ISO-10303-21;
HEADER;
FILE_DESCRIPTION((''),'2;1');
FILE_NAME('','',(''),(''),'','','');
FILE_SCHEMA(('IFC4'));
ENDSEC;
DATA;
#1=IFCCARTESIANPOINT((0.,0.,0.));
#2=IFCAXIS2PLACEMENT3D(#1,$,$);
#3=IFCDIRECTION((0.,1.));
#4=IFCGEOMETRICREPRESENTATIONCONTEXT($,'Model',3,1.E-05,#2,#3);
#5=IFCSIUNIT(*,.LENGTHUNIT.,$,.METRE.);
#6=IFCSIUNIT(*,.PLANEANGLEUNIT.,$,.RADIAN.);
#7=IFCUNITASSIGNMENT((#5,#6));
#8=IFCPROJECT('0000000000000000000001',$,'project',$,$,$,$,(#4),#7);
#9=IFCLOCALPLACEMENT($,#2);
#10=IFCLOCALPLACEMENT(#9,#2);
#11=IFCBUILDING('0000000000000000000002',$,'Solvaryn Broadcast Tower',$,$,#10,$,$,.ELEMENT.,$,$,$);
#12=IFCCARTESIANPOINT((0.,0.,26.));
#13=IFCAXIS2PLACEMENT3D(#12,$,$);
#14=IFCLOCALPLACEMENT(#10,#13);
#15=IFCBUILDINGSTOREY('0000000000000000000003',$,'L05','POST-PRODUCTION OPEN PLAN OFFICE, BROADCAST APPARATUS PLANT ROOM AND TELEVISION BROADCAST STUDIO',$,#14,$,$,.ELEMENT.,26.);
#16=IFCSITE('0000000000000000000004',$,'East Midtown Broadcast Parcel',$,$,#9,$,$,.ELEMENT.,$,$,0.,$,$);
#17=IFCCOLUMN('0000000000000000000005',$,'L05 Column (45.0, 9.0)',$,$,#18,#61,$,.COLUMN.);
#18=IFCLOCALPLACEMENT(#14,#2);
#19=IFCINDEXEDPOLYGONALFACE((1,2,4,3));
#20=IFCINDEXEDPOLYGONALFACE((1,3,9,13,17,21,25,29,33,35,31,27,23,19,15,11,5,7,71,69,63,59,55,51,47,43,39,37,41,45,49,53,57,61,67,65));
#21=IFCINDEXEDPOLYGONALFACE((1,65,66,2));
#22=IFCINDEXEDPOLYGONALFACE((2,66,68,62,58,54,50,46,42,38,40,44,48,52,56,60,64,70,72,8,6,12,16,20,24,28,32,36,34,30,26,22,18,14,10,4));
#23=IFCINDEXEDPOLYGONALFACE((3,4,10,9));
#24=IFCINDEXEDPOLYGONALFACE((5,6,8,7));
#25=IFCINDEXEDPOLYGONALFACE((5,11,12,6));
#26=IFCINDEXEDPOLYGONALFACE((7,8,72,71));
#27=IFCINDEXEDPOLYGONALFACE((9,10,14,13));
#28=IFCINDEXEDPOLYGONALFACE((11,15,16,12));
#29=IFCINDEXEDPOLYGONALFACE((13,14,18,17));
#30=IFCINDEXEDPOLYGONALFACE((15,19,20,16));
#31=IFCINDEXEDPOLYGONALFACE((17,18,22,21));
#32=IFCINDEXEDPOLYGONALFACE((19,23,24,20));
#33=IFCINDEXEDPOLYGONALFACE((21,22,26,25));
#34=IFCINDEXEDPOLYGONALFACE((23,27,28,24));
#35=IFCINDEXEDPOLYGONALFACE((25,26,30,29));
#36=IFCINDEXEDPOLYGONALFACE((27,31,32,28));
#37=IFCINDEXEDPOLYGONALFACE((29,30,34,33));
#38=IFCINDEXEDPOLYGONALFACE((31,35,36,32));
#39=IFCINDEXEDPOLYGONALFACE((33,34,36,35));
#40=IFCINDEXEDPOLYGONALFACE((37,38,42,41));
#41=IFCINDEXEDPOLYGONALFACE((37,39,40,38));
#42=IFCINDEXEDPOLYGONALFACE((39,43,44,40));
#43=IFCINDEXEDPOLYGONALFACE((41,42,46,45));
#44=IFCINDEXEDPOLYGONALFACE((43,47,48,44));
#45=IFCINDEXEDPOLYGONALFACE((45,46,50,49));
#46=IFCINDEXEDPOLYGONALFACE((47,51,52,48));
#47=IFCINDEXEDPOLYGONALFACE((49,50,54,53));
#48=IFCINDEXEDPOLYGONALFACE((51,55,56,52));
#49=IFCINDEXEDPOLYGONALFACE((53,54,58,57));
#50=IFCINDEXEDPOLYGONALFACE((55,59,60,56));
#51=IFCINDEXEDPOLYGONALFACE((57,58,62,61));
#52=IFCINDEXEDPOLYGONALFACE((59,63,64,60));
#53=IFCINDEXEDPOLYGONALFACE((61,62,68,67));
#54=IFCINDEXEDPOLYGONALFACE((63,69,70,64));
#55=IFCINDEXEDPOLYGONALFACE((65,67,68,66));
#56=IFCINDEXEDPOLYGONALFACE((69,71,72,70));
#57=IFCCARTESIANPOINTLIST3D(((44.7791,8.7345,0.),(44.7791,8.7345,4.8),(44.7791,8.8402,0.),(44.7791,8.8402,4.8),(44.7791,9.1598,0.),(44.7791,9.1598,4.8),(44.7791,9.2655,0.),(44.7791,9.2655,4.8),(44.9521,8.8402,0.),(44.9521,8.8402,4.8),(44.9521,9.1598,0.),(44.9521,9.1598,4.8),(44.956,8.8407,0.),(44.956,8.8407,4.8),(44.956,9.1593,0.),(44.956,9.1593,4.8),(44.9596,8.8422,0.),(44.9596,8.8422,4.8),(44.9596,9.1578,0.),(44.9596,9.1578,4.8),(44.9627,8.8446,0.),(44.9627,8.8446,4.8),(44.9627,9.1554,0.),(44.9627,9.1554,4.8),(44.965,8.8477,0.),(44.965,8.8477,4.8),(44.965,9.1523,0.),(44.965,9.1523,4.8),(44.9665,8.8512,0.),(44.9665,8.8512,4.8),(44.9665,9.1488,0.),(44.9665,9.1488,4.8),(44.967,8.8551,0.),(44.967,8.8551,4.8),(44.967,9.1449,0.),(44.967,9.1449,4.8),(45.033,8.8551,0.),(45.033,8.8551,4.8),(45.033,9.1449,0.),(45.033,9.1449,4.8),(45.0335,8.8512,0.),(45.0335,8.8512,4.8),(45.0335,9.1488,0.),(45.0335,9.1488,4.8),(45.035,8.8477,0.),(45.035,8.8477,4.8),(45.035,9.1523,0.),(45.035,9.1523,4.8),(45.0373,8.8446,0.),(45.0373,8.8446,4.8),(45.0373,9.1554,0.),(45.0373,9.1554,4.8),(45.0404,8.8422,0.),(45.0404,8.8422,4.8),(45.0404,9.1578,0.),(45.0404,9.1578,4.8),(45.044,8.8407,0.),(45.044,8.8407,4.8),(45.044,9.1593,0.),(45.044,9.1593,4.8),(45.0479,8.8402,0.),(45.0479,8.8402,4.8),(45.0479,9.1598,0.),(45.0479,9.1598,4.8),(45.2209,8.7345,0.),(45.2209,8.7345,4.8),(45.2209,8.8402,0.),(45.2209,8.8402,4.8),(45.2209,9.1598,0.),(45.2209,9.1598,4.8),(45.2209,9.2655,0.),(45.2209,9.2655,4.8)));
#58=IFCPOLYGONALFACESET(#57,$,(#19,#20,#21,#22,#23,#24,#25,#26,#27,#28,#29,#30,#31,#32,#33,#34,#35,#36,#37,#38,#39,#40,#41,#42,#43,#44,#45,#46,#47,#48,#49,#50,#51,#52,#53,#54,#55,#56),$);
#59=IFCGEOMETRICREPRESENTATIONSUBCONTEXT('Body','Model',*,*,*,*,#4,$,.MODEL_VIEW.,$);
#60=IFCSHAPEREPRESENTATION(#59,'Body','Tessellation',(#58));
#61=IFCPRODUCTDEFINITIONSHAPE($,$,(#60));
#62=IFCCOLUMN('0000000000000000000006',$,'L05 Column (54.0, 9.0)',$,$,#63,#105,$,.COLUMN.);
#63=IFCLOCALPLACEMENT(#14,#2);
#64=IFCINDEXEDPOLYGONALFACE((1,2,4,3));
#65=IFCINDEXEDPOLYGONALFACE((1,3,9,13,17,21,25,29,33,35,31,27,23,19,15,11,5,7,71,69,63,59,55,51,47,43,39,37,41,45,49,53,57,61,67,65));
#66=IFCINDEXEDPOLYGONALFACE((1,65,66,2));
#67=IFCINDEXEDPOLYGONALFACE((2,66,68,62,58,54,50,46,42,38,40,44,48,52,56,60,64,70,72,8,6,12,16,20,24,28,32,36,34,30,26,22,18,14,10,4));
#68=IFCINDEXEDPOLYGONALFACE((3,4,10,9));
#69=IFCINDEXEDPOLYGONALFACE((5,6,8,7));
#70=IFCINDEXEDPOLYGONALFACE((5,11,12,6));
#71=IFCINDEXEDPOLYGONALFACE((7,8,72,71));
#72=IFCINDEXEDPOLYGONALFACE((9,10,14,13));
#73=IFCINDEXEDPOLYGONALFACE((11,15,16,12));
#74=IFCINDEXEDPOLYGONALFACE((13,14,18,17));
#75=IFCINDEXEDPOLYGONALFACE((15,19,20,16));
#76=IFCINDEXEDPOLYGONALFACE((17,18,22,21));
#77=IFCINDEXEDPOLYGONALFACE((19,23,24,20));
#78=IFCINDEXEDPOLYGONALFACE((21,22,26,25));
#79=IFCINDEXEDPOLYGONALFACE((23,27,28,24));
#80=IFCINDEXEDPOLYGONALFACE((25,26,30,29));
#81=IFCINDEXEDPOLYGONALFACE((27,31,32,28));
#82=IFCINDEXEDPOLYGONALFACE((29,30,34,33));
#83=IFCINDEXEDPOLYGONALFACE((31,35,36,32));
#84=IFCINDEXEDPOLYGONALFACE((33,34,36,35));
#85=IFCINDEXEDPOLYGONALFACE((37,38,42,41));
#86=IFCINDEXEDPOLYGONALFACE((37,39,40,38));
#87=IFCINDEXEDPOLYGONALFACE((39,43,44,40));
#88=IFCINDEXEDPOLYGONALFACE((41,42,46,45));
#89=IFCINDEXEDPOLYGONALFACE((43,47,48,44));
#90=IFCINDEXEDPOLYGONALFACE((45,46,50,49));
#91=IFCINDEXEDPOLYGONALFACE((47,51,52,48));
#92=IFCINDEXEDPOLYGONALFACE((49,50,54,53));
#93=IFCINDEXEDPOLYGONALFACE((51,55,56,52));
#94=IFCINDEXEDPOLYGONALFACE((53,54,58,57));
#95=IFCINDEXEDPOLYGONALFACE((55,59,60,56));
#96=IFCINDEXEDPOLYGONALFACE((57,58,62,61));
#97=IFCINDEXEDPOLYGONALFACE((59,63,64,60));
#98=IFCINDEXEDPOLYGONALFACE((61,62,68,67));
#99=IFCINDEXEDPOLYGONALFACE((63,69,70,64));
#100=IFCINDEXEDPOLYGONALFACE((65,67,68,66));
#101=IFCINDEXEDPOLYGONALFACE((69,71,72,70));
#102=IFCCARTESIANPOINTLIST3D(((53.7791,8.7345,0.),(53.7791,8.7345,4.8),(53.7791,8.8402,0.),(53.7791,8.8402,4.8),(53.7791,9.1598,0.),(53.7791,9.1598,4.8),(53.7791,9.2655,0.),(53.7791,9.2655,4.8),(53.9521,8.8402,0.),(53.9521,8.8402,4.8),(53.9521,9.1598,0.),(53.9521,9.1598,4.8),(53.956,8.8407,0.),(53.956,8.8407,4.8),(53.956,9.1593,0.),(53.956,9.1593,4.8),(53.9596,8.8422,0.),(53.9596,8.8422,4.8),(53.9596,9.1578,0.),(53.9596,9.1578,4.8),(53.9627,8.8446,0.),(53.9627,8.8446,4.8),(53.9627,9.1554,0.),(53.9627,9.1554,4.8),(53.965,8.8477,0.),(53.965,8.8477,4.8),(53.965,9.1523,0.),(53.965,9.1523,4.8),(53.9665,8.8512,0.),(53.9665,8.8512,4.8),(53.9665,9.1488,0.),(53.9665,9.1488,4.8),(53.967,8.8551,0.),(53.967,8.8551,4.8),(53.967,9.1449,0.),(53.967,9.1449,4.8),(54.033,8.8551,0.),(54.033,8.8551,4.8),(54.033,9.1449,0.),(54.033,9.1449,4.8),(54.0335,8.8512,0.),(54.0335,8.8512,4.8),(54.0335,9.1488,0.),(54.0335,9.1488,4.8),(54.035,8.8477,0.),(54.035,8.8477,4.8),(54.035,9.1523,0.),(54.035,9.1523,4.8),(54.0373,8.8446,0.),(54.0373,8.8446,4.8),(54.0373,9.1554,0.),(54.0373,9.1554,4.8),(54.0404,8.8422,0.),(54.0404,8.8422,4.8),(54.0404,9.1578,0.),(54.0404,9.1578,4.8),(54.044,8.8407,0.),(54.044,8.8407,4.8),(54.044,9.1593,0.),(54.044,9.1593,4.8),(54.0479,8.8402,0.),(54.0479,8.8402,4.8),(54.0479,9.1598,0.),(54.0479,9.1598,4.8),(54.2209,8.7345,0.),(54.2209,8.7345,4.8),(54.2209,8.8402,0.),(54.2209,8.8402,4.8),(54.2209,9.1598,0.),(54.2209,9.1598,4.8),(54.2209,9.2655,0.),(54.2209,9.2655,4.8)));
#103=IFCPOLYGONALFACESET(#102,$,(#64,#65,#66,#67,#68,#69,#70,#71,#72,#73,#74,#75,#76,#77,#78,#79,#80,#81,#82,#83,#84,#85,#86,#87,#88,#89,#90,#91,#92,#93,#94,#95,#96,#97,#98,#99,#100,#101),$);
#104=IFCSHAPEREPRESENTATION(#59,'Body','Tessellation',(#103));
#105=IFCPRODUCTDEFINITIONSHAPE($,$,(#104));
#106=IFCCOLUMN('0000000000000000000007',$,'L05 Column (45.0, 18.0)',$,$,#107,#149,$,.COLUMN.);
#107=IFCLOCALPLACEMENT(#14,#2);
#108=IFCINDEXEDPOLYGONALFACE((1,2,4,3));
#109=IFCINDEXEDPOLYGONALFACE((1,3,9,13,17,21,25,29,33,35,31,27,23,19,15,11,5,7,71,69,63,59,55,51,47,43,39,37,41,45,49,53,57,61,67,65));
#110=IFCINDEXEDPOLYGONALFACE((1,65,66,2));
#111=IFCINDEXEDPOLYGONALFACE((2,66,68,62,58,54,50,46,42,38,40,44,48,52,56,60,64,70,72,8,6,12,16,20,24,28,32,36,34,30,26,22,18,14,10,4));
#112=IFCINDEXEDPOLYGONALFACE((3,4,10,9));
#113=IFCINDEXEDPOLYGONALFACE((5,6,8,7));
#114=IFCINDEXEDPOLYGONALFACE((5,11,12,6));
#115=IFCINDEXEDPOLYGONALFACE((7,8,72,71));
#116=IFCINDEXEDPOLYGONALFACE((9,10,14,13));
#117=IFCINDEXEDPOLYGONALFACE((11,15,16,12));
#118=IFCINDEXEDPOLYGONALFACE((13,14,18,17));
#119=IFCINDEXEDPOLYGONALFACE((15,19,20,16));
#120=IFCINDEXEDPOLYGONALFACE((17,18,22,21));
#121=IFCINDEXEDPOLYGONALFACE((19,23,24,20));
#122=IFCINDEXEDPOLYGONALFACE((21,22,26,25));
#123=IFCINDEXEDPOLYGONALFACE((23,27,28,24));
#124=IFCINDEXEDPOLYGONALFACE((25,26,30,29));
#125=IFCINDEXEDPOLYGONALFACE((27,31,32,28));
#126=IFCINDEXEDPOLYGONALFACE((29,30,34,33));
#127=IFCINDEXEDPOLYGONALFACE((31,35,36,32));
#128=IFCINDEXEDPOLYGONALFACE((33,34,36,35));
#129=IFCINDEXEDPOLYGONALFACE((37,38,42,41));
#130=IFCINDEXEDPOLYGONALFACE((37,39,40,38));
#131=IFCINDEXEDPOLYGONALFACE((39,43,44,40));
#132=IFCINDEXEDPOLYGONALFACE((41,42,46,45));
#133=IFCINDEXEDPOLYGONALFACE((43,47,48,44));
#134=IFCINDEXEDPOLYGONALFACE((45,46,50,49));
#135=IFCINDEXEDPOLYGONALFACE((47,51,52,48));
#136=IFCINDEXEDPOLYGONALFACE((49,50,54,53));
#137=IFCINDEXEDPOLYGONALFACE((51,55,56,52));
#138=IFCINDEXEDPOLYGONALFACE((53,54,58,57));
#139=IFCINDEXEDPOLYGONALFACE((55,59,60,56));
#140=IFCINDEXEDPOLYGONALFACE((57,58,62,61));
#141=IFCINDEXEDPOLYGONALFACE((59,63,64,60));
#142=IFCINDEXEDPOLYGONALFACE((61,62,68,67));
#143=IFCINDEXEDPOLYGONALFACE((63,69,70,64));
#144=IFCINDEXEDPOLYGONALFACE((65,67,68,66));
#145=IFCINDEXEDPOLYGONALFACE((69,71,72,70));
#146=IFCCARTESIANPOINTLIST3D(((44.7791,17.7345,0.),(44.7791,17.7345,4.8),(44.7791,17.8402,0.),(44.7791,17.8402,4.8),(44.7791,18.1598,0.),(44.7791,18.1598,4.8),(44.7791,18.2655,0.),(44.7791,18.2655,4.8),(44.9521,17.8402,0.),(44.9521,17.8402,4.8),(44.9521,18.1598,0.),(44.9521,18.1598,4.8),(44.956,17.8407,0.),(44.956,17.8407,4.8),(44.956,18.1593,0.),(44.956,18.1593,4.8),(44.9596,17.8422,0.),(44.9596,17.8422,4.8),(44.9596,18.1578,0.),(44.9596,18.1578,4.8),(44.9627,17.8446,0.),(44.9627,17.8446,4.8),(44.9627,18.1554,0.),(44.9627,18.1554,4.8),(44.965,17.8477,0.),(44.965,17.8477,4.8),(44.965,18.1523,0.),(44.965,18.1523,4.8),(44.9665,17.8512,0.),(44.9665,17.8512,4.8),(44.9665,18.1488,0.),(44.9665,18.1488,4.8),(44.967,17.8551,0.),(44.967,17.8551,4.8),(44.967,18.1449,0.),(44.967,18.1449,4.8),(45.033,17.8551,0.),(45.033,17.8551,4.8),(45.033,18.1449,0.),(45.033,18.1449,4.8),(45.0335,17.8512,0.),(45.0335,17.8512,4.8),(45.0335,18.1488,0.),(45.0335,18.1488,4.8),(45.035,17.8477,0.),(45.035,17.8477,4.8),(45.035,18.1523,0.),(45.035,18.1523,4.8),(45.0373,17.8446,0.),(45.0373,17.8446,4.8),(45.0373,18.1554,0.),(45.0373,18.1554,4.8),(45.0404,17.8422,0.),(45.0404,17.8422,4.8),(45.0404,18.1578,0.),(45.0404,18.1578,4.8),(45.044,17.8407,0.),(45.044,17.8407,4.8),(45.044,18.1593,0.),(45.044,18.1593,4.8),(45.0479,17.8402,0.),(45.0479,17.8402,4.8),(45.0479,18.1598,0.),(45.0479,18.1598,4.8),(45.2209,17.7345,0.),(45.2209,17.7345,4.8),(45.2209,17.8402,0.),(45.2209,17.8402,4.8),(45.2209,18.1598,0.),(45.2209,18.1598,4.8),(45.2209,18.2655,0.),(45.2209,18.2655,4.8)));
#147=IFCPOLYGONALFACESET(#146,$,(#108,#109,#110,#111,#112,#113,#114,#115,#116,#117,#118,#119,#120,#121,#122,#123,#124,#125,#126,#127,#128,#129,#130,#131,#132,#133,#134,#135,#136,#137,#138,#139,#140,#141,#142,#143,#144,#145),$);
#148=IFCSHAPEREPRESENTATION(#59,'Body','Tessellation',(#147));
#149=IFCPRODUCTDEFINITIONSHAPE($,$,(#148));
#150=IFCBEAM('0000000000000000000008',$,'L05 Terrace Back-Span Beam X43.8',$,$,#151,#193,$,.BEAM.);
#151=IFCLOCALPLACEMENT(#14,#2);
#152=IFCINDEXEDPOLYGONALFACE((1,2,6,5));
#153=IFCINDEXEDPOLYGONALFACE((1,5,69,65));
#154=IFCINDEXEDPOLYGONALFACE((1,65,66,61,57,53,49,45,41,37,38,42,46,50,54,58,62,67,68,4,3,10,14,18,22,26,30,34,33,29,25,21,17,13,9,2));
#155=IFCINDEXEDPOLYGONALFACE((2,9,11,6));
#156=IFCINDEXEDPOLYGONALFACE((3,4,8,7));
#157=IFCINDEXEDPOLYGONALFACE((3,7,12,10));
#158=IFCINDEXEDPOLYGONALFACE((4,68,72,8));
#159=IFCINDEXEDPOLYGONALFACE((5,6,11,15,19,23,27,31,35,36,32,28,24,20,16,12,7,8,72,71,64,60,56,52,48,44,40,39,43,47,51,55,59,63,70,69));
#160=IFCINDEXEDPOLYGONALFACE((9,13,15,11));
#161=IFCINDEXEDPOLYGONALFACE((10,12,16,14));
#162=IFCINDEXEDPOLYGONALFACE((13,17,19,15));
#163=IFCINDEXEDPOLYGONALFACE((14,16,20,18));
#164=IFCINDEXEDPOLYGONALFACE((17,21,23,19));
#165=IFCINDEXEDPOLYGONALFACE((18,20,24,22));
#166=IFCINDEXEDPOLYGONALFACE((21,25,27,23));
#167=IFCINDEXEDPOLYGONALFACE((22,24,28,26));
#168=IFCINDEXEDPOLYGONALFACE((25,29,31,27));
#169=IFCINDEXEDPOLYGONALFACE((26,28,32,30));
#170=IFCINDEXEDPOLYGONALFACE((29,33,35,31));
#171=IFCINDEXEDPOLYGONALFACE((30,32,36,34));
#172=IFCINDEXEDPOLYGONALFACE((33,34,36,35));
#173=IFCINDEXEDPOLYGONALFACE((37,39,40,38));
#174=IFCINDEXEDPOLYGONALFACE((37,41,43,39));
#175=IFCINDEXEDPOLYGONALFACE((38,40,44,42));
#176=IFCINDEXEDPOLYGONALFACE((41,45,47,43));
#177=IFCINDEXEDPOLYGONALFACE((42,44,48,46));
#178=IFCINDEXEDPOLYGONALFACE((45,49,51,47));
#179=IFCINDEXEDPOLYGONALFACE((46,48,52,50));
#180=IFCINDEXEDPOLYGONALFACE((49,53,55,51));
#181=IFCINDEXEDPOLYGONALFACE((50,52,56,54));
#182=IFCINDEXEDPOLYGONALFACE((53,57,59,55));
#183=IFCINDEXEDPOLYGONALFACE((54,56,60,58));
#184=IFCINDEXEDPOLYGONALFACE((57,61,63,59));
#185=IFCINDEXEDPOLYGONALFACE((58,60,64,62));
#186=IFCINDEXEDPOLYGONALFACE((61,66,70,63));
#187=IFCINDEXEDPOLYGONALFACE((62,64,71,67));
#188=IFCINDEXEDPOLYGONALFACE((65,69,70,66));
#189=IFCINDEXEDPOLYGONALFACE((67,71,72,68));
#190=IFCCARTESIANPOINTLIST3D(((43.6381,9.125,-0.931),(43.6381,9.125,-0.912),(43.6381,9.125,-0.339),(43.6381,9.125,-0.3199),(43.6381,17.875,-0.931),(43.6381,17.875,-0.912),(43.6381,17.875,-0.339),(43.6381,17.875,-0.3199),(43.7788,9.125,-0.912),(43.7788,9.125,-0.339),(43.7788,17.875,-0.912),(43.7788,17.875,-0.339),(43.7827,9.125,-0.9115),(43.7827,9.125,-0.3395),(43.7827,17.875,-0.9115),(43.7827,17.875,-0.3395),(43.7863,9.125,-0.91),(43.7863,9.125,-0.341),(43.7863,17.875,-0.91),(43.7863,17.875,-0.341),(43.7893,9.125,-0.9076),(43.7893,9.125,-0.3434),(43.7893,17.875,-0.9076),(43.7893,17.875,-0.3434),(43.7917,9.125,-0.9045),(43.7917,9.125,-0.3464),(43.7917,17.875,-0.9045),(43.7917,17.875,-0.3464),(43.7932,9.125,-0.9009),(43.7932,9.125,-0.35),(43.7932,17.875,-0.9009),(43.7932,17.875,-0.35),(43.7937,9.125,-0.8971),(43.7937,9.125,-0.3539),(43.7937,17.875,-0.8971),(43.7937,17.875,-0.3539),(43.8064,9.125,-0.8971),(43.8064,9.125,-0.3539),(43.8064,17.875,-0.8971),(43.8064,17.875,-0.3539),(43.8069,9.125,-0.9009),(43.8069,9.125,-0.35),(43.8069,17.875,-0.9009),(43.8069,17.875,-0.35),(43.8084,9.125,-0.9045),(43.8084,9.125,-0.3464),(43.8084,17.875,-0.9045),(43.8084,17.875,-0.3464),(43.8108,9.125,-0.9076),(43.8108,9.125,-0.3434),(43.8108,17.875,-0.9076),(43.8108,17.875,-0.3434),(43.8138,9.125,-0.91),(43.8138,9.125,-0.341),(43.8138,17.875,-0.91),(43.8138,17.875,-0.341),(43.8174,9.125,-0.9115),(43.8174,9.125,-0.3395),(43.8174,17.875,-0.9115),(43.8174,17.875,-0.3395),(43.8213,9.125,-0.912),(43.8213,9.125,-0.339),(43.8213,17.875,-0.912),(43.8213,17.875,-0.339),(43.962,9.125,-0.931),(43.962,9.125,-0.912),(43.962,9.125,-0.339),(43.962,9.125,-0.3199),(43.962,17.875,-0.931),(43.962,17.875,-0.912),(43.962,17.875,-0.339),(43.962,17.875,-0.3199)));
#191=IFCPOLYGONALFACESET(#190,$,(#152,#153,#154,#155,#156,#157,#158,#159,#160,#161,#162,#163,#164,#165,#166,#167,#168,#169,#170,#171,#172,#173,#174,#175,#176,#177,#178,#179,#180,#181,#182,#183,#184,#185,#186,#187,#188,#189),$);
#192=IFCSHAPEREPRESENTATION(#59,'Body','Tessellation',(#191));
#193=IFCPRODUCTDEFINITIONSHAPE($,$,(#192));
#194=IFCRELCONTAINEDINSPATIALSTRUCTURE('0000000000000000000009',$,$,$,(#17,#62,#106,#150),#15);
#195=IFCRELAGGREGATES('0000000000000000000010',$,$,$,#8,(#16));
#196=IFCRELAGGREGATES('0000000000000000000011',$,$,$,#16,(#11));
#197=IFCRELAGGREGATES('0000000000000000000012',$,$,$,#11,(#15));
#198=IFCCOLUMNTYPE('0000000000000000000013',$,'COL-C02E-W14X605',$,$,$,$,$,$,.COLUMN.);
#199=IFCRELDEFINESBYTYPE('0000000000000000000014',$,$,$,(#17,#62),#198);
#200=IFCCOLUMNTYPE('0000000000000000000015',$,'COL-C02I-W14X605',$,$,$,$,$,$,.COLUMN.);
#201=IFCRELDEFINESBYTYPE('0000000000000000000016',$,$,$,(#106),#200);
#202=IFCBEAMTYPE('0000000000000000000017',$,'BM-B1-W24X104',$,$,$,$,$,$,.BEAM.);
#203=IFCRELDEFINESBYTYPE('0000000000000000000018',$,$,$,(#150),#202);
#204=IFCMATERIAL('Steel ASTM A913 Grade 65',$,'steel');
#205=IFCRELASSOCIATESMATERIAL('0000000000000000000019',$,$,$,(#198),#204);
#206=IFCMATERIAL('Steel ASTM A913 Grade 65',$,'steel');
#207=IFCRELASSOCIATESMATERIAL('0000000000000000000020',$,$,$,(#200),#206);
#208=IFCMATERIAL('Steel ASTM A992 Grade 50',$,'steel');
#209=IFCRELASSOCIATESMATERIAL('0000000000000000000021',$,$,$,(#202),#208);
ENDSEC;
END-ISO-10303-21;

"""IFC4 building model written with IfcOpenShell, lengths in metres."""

from ifc_helpers import new_model, si_unit, direction, frame, origin, origin_2d, place, context, subcontext, project, spatial, i_section, extrude, material, material_profile, profile_set, type_object, element, save


model = new_model("IFC4")

# Units and contexts
model_context = context("Model", 3, precision=1e-05, world=origin(), true_north=direction((0.0, 1.0)))
body_context = subcontext(model_context, "Body", "Model", "MODEL_VIEW")
ifc_project = project(units=[si_unit("LENGTHUNIT", "METRE"), si_unit("PLANEANGLEUNIT", "RADIAN")], contexts=[model_context])

# Site, building, storey
site_placement = place(None, origin())
site = spatial("IfcSite", under=ifc_project, at=site_placement, Name="East Midtown Broadcast Parcel", CompositionType="ELEMENT", RefElevation=0.0)
building_placement = place(site_placement, origin())
building = spatial("IfcBuilding", under=site, at=building_placement, Name="Solvaryn Broadcast Tower", CompositionType="ELEMENT")
storey_placement = place(building_placement, frame((0.0, 0.0, 26.0)))
storey = spatial("IfcBuildingStorey", under=building, at=storey_placement, Name="L05", Description="POST-PRODUCTION OPEN PLAN OFFICE, BROADCAST APPARATUS PLANT ROOM AND TELEVISION BROADCAST STUDIO", CompositionType="ELEMENT", Elevation=26.0)

# Columns
ifc_material_1 = material(Name="Steel ASTM A913 Grade 65", Category="steel")
ifc_material_profile_1 = material_profile(ifc_material_1, i_section(OverallWidth=0.4419, OverallDepth=0.531, WebThickness=0.0659, FlangeThickness=0.1057, FilletRadius=0.0149, at=origin_2d()))
ifc_profile_set_1 = profile_set([ifc_material_profile_1], Name="Steel ASTM A913 Grade 65")
column_type_1 = type_object("IfcColumnType", Name="COL-C02E-W14X605", PredefinedType="COLUMN", material=ifc_profile_set_1)
for number, where, z_axis, x_axis, name in (
    (1, (45.0, 9.0, 0.0), (0.0, 0.0, 1.0), (1.0, 0.0, 0.0), "L05 Column (45.0, 9.0)"),
    (2, (54.0, 9.0, 0.0), (0.0, 0.0, 1.0), (1.0, 0.0, 0.0), "L05 Column (54.0, 9.0)"),
):
    element("IfcColumn", number, at=place(storey_placement, frame(where, z_axis=z_axis, x_axis=x_axis)), inside=storey, type_object=column_type_1, Name=name, PredefinedType="COLUMN", context=body_context, shape_type="SweptSolid", body=[
        extrude(i_section(OverallWidth=0.4419, OverallDepth=0.531, WebThickness=0.0659, FlangeThickness=0.1057, FilletRadius=0.0149, at=origin_2d()), origin(), (0.0, 0.0, 1.0), 4.8),
    ])
ifc_material_2 = material(Name="Steel ASTM A913 Grade 65", Category="steel")
ifc_material_profile_2 = material_profile(ifc_material_2, i_section(OverallWidth=0.4419, OverallDepth=0.531, WebThickness=0.0659, FlangeThickness=0.1057, FilletRadius=0.0149, at=origin_2d()))
ifc_profile_set_2 = profile_set([ifc_material_profile_2], Name="Steel ASTM A913 Grade 65")
column_type_2 = type_object("IfcColumnType", Name="COL-C02I-W14X605", PredefinedType="COLUMN", material=ifc_profile_set_2)
column_placement = place(storey_placement, frame((45.0, 18.0, 0.0), z_axis=(0.0, 0.0, 1.0), x_axis=(1.0, 0.0, 0.0)))
element("IfcColumn", 3, at=column_placement, inside=storey, type_object=column_type_2, Name="L05 Column (45.0, 18.0)", PredefinedType="COLUMN", context=body_context, shape_type="SweptSolid", body=[
    extrude(i_section(OverallWidth=0.4419, OverallDepth=0.531, WebThickness=0.0659, FlangeThickness=0.1057, FilletRadius=0.0149, at=origin_2d()), origin(), (0.0, 0.0, 1.0), 4.8),
])

# Beam
ifc_material_3 = material(Name="Steel ASTM A992 Grade 50", Category="steel")
ifc_material_profile_3 = material_profile(ifc_material_3, i_section(OverallWidth=0.324, OverallDepth=0.6111, WebThickness=0.0127, FlangeThickness=0.019, FilletRadius=0.0149, at=origin_2d()))
ifc_profile_set_3 = profile_set([ifc_material_profile_3], Name="Steel ASTM A992 Grade 50")
beam_type_1 = type_object("IfcBeamType", Name="BM-B1-W24X104", PredefinedType="BEAM", material=ifc_profile_set_3)
for number, where, z_axis, x_axis, name in (
    (4, (43.8, 17.875, -0.6255), (0.0, -1.0, 0.0), (1.0, 0.0, 0.0), "L05 Terrace Back-Span Beam X43.8"),
):
    element("IfcBeam", number, at=place(storey_placement, frame(where, z_axis=z_axis, x_axis=x_axis)), inside=storey, type_object=beam_type_1, Name=name, PredefinedType="BEAM", context=body_context, shape_type="SweptSolid", body=[
        extrude(i_section(OverallWidth=0.324, OverallDepth=0.6111, WebThickness=0.0127, FlangeThickness=0.019, FilletRadius=0.0149, at=origin_2d()), origin(), (0.0, 0.0, 1.0), 8.75),
    ])

save(model, "model.ifc")
